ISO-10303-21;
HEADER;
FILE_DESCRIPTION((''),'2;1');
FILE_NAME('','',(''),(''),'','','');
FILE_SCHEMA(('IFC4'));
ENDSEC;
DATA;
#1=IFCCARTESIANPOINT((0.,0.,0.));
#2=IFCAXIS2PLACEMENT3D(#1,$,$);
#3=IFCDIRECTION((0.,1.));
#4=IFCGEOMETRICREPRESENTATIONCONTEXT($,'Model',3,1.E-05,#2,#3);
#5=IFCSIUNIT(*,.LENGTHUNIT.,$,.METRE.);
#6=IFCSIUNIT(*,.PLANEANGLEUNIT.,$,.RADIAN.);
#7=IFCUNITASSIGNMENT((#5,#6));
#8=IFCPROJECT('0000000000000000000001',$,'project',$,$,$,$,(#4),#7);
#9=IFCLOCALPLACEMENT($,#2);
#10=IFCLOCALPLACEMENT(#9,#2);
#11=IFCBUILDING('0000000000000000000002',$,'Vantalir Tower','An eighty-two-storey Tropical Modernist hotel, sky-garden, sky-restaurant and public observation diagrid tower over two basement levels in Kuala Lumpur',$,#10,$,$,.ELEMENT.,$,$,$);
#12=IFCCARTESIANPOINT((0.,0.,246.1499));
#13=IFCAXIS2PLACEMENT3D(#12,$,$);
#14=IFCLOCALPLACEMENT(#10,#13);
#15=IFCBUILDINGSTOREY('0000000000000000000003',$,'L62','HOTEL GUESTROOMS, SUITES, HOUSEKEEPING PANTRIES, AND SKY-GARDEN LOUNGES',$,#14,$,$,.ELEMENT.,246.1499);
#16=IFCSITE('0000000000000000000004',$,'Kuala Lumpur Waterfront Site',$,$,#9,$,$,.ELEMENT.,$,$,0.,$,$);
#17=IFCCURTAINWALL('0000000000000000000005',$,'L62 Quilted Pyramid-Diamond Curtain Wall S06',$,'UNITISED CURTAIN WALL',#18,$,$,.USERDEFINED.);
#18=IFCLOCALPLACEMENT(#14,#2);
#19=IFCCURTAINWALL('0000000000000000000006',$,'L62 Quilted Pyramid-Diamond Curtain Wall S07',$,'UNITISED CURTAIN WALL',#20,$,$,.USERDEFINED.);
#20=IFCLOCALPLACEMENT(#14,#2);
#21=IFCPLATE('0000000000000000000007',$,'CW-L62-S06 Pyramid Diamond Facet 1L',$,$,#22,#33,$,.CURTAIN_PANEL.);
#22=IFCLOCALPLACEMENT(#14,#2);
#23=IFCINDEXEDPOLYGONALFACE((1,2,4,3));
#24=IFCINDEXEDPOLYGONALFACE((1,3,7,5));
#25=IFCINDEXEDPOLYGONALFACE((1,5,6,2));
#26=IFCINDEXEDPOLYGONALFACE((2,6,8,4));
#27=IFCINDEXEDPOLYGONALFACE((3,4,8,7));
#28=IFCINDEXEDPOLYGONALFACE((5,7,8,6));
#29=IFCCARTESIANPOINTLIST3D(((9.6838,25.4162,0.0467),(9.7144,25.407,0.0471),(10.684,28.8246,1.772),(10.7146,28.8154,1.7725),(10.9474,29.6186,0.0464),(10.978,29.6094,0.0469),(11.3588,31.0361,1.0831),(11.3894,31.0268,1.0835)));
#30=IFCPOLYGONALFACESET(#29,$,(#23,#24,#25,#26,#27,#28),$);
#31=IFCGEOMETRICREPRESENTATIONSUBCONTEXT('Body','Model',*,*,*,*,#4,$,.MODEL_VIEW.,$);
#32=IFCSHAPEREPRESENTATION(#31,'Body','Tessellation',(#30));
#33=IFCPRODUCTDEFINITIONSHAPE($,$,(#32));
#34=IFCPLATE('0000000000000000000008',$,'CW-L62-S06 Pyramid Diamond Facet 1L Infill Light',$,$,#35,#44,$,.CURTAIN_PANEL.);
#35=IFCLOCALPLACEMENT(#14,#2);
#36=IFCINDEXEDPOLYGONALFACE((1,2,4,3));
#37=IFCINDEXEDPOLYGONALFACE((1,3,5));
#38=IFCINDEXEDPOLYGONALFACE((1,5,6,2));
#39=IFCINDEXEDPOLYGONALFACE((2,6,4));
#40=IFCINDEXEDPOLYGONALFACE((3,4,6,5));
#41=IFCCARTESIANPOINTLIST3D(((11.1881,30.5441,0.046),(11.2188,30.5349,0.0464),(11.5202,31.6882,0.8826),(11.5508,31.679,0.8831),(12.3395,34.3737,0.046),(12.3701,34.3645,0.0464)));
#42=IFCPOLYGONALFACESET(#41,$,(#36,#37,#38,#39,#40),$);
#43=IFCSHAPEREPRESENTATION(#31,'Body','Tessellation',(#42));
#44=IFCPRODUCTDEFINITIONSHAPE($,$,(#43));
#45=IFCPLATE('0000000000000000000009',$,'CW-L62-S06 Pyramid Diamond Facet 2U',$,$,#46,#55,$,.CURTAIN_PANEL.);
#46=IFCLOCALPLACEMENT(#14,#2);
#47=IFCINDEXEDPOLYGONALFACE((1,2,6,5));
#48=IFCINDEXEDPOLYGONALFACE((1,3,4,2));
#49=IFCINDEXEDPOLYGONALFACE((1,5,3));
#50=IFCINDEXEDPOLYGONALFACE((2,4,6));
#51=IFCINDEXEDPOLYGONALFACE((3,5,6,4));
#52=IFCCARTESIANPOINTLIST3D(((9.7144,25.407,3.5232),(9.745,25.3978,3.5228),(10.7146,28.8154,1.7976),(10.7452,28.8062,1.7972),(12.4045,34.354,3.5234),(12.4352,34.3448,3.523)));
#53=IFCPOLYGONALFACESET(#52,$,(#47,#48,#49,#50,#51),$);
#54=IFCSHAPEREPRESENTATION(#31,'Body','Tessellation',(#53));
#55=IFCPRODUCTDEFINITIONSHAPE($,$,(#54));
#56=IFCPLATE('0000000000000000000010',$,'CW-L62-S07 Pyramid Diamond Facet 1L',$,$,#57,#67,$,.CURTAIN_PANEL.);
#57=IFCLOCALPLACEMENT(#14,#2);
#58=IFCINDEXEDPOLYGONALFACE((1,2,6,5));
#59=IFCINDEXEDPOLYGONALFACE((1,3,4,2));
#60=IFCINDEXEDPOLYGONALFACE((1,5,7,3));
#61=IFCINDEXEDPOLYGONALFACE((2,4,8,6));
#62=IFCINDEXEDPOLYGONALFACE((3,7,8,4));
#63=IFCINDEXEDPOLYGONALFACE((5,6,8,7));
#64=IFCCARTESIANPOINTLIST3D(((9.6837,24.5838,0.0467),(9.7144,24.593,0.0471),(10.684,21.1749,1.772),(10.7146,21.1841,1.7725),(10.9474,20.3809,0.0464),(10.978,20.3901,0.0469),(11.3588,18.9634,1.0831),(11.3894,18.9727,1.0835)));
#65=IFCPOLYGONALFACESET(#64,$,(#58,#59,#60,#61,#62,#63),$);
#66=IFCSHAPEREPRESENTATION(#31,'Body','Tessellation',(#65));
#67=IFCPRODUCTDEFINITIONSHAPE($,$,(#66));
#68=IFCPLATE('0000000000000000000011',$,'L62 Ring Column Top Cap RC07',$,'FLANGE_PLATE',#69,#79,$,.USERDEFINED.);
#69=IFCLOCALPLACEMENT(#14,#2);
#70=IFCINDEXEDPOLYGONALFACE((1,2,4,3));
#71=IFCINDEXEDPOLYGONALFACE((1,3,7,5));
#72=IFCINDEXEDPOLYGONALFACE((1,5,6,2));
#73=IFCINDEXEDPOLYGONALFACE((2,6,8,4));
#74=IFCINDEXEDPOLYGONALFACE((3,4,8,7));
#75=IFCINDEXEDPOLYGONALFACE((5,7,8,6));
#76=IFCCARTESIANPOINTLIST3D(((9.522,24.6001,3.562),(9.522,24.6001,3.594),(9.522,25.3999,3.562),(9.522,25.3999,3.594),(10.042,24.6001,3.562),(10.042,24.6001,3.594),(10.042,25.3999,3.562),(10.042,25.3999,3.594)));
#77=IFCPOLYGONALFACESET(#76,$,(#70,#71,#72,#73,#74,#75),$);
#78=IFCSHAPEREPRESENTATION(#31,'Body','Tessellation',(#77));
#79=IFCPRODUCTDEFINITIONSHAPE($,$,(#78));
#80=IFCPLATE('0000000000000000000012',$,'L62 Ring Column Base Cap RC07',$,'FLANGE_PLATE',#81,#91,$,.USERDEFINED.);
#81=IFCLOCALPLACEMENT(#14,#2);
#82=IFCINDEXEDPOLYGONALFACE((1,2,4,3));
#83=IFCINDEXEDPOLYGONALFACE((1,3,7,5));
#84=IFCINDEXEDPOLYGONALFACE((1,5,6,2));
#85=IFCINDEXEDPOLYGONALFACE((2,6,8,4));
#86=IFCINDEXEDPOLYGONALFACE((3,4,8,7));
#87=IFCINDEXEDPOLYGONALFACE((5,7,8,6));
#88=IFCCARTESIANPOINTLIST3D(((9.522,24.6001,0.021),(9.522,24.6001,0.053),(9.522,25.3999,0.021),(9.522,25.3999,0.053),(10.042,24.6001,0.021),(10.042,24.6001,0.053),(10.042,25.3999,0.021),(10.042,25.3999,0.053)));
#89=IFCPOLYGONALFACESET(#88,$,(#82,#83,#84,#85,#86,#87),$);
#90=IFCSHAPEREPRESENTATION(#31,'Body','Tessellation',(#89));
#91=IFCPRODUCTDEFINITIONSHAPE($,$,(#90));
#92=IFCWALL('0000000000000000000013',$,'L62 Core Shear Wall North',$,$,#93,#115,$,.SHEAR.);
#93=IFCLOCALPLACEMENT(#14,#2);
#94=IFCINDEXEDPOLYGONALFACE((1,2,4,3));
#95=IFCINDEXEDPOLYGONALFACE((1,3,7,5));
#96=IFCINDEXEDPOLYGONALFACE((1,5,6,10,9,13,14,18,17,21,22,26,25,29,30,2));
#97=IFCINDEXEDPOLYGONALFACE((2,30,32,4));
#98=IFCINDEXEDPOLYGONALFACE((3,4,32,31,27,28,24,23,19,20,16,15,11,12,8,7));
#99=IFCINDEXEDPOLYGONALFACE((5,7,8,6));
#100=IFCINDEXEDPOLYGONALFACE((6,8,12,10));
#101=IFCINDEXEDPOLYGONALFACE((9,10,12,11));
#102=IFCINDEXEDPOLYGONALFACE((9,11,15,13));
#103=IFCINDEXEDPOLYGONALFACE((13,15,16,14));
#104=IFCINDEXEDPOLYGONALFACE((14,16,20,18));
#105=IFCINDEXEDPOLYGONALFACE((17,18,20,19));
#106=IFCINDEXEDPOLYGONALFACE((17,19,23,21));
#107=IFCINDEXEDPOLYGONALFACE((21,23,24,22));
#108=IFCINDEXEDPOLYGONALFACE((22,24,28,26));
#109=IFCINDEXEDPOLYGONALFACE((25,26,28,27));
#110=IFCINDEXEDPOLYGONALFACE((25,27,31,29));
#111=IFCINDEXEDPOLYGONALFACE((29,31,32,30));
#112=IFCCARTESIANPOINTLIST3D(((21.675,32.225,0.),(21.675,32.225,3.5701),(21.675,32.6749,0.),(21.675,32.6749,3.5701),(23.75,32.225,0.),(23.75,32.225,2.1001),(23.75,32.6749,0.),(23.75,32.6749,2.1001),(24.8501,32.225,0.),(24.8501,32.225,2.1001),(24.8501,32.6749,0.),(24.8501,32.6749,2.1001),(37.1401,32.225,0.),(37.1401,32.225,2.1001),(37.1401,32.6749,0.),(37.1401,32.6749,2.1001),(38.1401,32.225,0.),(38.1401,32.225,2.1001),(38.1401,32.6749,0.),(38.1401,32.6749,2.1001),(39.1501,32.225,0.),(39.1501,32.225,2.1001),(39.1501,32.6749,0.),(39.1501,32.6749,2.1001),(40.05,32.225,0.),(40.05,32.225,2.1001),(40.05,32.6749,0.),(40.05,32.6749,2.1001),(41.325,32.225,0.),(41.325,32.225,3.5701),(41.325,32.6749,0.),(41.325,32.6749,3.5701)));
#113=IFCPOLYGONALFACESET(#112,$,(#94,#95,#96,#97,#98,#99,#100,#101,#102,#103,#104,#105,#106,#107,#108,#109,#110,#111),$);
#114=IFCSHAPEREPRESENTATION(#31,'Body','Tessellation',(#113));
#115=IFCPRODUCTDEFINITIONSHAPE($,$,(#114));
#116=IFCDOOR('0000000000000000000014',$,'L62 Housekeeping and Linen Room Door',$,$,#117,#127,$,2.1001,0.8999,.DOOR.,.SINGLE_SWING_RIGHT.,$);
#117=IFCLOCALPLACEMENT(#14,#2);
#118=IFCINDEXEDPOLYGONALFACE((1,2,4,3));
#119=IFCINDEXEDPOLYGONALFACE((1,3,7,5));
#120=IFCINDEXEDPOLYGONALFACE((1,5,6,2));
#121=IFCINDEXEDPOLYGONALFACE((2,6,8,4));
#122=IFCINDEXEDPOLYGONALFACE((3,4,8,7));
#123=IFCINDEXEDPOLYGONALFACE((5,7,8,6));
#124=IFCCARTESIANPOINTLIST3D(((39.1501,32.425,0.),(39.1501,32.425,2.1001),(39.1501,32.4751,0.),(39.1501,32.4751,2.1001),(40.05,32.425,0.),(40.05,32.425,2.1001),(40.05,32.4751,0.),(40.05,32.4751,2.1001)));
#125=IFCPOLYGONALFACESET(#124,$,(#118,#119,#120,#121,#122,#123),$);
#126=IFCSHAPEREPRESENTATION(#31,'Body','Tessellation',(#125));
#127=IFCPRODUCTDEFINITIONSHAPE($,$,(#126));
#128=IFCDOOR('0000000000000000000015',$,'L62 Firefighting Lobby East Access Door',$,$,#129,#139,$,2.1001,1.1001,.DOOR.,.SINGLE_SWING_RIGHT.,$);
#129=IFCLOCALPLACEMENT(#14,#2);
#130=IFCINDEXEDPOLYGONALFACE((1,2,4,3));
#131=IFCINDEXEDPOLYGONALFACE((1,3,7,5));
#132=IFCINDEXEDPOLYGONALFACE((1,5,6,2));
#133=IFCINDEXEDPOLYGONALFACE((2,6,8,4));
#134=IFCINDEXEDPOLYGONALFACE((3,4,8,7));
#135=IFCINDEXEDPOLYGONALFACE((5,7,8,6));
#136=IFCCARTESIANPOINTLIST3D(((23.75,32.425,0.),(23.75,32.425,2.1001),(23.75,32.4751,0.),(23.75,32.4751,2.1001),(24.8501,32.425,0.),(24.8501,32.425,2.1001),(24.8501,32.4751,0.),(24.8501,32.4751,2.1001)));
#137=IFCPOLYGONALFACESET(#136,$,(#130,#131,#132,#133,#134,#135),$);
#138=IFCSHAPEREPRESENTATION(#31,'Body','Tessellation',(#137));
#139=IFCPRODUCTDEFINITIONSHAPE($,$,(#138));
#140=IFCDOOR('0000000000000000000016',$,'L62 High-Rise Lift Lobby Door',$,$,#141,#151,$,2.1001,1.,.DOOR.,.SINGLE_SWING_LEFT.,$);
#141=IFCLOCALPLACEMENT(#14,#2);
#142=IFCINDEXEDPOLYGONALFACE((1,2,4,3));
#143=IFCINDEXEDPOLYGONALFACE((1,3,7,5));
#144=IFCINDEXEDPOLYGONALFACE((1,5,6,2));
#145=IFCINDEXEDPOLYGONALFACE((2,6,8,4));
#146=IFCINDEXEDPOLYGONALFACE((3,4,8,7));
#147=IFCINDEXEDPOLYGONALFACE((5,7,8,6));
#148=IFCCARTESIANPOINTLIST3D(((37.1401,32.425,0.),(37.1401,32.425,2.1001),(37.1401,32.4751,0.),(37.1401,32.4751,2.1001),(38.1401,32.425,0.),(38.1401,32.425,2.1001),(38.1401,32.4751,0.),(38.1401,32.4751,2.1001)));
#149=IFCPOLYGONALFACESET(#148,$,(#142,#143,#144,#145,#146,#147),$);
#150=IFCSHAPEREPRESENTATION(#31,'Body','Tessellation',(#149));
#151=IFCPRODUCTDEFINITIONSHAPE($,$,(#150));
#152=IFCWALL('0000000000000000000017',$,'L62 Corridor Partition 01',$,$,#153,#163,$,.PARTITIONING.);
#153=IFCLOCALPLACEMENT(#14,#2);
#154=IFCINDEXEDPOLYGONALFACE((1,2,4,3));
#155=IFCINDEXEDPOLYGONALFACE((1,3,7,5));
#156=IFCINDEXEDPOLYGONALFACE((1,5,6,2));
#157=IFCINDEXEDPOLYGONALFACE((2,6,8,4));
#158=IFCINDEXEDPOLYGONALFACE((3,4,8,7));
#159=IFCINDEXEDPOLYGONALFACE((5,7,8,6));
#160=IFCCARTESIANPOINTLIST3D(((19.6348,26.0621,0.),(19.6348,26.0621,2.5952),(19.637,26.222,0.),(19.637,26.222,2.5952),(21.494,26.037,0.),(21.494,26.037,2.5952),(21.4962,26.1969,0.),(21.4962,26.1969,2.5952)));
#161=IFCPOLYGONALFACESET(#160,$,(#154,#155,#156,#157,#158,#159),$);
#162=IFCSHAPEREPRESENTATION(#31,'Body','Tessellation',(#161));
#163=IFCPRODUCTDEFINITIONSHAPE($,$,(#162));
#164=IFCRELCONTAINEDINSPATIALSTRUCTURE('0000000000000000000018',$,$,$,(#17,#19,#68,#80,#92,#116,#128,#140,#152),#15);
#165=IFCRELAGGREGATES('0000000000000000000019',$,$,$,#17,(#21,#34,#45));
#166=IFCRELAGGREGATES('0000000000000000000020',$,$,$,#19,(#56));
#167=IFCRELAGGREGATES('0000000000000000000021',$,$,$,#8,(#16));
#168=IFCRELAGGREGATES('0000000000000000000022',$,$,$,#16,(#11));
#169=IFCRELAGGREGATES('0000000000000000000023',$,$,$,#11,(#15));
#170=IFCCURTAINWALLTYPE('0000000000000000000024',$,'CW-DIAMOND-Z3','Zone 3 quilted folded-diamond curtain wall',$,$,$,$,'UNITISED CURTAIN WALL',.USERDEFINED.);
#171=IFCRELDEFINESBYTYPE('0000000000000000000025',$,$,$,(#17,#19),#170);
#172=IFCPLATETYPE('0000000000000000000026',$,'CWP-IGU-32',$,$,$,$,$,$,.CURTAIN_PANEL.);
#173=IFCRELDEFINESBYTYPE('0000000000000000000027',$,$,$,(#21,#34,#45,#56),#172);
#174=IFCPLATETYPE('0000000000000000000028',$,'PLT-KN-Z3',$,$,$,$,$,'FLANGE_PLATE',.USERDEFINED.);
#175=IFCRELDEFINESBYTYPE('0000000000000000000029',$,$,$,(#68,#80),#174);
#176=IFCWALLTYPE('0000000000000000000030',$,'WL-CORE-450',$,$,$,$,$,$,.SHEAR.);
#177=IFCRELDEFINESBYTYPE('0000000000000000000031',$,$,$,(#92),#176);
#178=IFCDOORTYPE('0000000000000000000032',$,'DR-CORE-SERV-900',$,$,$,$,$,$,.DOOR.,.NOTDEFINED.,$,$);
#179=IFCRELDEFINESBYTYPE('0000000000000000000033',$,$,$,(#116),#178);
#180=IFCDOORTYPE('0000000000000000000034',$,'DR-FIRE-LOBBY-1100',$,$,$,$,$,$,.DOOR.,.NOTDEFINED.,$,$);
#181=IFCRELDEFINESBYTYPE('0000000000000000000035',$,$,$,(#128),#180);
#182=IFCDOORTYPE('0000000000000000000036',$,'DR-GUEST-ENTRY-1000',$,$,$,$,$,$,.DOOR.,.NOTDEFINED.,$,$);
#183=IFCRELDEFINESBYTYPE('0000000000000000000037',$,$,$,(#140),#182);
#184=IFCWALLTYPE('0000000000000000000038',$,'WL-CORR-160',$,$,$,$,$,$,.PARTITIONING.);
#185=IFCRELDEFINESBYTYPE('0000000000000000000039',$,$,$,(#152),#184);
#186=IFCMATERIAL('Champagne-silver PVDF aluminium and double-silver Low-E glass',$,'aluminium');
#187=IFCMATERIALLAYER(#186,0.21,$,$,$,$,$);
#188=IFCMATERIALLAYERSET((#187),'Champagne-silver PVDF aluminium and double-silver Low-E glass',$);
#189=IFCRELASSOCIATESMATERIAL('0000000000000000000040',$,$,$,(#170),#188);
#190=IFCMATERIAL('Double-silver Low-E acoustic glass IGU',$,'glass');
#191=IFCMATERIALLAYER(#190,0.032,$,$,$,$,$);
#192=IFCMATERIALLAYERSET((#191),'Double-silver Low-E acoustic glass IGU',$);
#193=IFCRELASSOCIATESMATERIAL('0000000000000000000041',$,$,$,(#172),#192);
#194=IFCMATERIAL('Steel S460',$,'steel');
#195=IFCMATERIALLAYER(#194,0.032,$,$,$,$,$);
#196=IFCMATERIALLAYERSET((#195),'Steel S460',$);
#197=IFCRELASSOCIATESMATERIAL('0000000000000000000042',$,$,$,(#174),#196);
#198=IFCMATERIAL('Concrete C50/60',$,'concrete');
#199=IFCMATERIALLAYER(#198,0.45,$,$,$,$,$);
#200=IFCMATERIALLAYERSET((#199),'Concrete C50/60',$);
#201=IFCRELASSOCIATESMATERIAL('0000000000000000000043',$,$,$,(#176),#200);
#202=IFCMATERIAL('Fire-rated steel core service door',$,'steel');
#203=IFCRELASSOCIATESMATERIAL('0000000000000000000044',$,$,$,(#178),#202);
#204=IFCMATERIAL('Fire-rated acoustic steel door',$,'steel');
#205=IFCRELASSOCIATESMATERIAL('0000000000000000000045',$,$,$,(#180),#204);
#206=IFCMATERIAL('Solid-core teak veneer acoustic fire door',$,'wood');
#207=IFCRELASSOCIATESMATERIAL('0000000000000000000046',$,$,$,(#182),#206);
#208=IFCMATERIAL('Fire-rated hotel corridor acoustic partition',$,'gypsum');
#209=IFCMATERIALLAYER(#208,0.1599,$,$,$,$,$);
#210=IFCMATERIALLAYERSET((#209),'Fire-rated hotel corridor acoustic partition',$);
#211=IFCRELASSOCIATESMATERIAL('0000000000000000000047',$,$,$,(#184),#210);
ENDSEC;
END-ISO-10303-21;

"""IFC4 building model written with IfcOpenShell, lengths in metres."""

from ifc_helpers import new_model, si_unit, direction, frame, frame_2d, origin, place, context, subcontext, project, spatial, polyline, rectangle, outline, extrude, material, layer, layer_set, type_object, element, fill, aggregate, save


model = new_model("IFC4")

# Units and contexts
model_context = context("Model", 3, precision=1e-05, world=origin(), true_north=direction((0.0, 1.0)))
body_context = subcontext(model_context, "Body", "Model", "MODEL_VIEW")
ifc_project = project(units=[si_unit("LENGTHUNIT", "METRE"), si_unit("PLANEANGLEUNIT", "RADIAN")], contexts=[model_context])

# Site, building, storey
site_placement = place(None, origin())
site = spatial("IfcSite", under=ifc_project, at=site_placement, Name="Kuala Lumpur Waterfront Site", CompositionType="ELEMENT", RefElevation=0.0)
building_placement = place(site_placement, origin())
building = spatial("IfcBuilding", under=site, at=building_placement, Name="Vantalir Tower", Description="An eighty-two-storey Tropical Modernist hotel, sky-garden, sky-restaurant and public observation diagrid tower over two basement levels in Kuala Lumpur", CompositionType="ELEMENT")
storey_placement = place(building_placement, frame((0.0, 0.0, 246.1499)))
storey = spatial("IfcBuildingStorey", under=building, at=storey_placement, Name="L62", Description="HOTEL GUESTROOMS, SUITES, HOUSEKEEPING PANTRIES, AND SKY-GARDEN LOUNGES", CompositionType="ELEMENT", Elevation=246.1499)

# Shared definitions
ifc_material_1 = material(Name="Steel S460", Category="steel")

# Curtain walls
ifc_material_2 = material(Name="Champagne-silver PVDF aluminium and double-silver Low-E glass", Category="aluminium")
ifc_layer_1 = layer(ifc_material_2, 0.21)
ifc_layer_set_1 = layer_set([ifc_layer_1], Name="Champagne-silver PVDF aluminium and double-silver Low-E glass")
curtain_wall_type = type_object("IfcCurtainWallType", Name="CW-DIAMOND-Z3", Description="Zone 3 quilted folded-diamond curtain wall", ElementType="UNITISED CURTAIN WALL", PredefinedType="USERDEFINED", material=ifc_layer_set_1)
curtain_wall_1_placement = place(storey_placement, origin())
curtain_wall_1 = element("IfcCurtainWall", 1, at=curtain_wall_1_placement, inside=storey, type_object=curtain_wall_type, Name="L62 Quilted Pyramid-Diamond Curtain Wall S06", ObjectType="UNITISED CURTAIN WALL", PredefinedType="USERDEFINED")
curtain_wall_2_placement = place(storey_placement, origin())
curtain_wall_2 = element("IfcCurtainWall", 2, at=curtain_wall_2_placement, inside=storey, type_object=curtain_wall_type, Name="L62 Quilted Pyramid-Diamond Curtain Wall S07", ObjectType="UNITISED CURTAIN WALL", PredefinedType="USERDEFINED")

# Plates
ifc_material_3 = material(Name="Double-silver Low-E acoustic glass IGU", Category="glass")
ifc_layer_2 = layer(ifc_material_3, 0.032)
ifc_layer_set_2 = layer_set([ifc_layer_2], Name="Double-silver Low-E acoustic glass IGU")
plate_type_1 = type_object("IfcPlateType", Name="CWP-IGU-32", PredefinedType="CURTAIN_PANEL", material=ifc_layer_set_2)
plate_1_placement = place(storey_placement, frame((10.978, 29.6094, 0.0469), z_axis=(0.957553, -0.287933, 0.013701), x_axis=(-0.287961, -0.957642, 0.000056)))
plate_1 = element("IfcPlate", 3, at=plate_1_placement, type_object=plate_type_1, Name="CW-L62-S06 Pyramid Diamond Facet 1L", PredefinedType="CURTAIN_PANEL", context=body_context, shape_type="SweptSolid", body=[
    extrude(outline(polyline([(0.0, 0.0), (4.3883, 0.0), (0.8363, -1.7257), (-1.4758, -1.0368), (0.0, 0.0)])), origin(), (0.0, 0.0, -1.0), 0.032),
])
plate_2_placement = place(storey_placement, frame((12.3701, 34.3645, 0.0464), z_axis=(0.957566, -0.287892, 0.013649), x_axis=(-0.287919, -0.957655, 0.0)))
plate_2 = element("IfcPlate", 4, at=plate_2_placement, type_object=plate_type_1, Name="CW-L62-S06 Pyramid Diamond Facet 1L Infill Light", PredefinedType="CURTAIN_PANEL", context=body_context, shape_type="SweptSolid", body=[
    extrude(outline(polyline([(0.0, 0.0), (3.9989, 0.0), (2.8077, -0.8367), (0.0, 0.0)])), origin(), (0.0, 0.0, -1.0), 0.032),
])
plate_3_placement = place(storey_placement, frame((9.7144, 25.407, 3.5232), z_axis=(-0.957558, 0.287918, 0.013654), x_axis=(0.287945, 0.957647, 0.000026)))
plate_3 = element("IfcPlate", 5, at=plate_3_placement, type_object=plate_type_1, Name="CW-L62-S06 Pyramid Diamond Facet 2U", PredefinedType="CURTAIN_PANEL", context=body_context, shape_type="SweptSolid", body=[
    extrude(outline(polyline([(0.0, 0.0), (9.3427, 0.0), (3.5521, 1.7258), (0.0, 0.0)])), origin(), (0.0, 0.0, -1.0), 0.032),
])
aggregate(curtain_wall_1, [plate_1, plate_2, plate_3])
plate_4_placement = place(storey_placement, frame((9.7144, 24.593, 0.0471), z_axis=(0.957559, 0.287912, 0.013712), x_axis=(0.28794, -0.957649, -0.000056)))
plate_4 = element("IfcPlate", 6, at=plate_4_placement, type_object=plate_type_1, Name="CW-L62-S07 Pyramid Diamond Facet 1L", PredefinedType="CURTAIN_PANEL", context=body_context, shape_type="SweptSolid", body=[
    extrude(outline(polyline([(0.0, 0.0), (4.3887, 0.0), (5.8646, -1.0368), (3.5525, -1.7257), (0.0, 0.0)])), origin(), (0.0, 0.0, -1.0), 0.032),
])
aggregate(curtain_wall_2, [plate_4])

# Plates
ifc_layer_3 = layer(ifc_material_1, 0.032)
ifc_layer_set_3 = layer_set([ifc_layer_3], Name="Steel S460")
plate_type_2 = type_object("IfcPlateType", Name="PLT-KN-Z3", ElementType="FLANGE_PLATE", PredefinedType="USERDEFINED", material=ifc_layer_set_3)
for number, where, z_axis, x_axis, name in (
    (7, (9.522, 25.3999, 3.594), (0.0, 0.0, 1.0), (0.0, -1.0, 0.0), "L62 Ring Column Top Cap RC07"),
    (8, (9.522, 25.3999, 0.053), (0.0, 0.0, 1.0), (0.0, -1.0, 0.0), "L62 Ring Column Base Cap RC07"),
):
    element("IfcPlate", number, at=place(storey_placement, frame(where, z_axis=z_axis, x_axis=x_axis)), inside=storey, type_object=plate_type_2, Name=name, ObjectType="FLANGE_PLATE", PredefinedType="USERDEFINED", context=body_context, shape_type="SweptSolid", body=[
        extrude(outline(polyline([(0.0, 0.0), (0.7998, 0.0), (0.7998, 0.52), (0.0, 0.52), (0.0, 0.0)])), origin(), (0.0, 0.0, -1.0), 0.032),
    ])

# Wall, openings, doors
ifc_material_4 = material(Name="Concrete C50/60", Category="concrete")
ifc_layer_4 = layer(ifc_material_4, 0.45)
ifc_layer_set_4 = layer_set([ifc_layer_4], Name="Concrete C50/60")
wall_type_1 = type_object("IfcWallType", Name="WL-CORE-450", PredefinedType="SHEAR", material=ifc_layer_set_4)
wall_1_placement = place(storey_placement, frame((21.675, 32.45, 0.0), z_axis=(0.0, 0.0, 1.0), x_axis=(1.0, 0.0, 0.0)))
wall_1 = element("IfcWall", 9, at=wall_1_placement, inside=storey, type_object=wall_type_1, Name="L62 Core Shear Wall North", PredefinedType="SHEAR", context=body_context, shape_type="SweptSolid", body=[
    extrude(rectangle(XDim=19.6499, YDim=0.45, at=frame_2d((9.825, 0.0))), origin(), (0.0, 0.0, 1.0), 3.5701),
])
opening_1_placement = place(wall_1_placement, frame((2.075, 0.0, 0.0)))
opening_1 = element("IfcOpeningElement", 10, at=opening_1_placement, cuts=wall_1, PredefinedType="OPENING", context=body_context, shape_type="SweptSolid", body=[
    extrude(rectangle(XDim=1.1001, YDim=2.1001, at=frame_2d((0.55, 1.05))), frame((0.0, 0.2349, 0.0), z_axis=(0.0, -1.0, 0.0), x_axis=(1.0, 0.0, 0.0)), (0.0, 0.0, 1.0), 0.47),
])
opening_2_placement = place(wall_1_placement, frame((15.4651, 0.0, 0.0)))
opening_2 = element("IfcOpeningElement", 11, at=opening_2_placement, cuts=wall_1, PredefinedType="OPENING", context=body_context, shape_type="SweptSolid", body=[
    extrude(rectangle(XDim=1.0, YDim=2.1001, at=frame_2d((0.5, 1.05))), frame((0.0, 0.2349, 0.0), z_axis=(0.0, -1.0, 0.0), x_axis=(1.0, 0.0, 0.0)), (0.0, 0.0, 1.0), 0.47),
])
opening_3_placement = place(wall_1_placement, frame((17.4751, 0.0, 0.0)))
opening_3 = element("IfcOpeningElement", 12, at=opening_3_placement, cuts=wall_1, PredefinedType="OPENING", context=body_context, shape_type="SweptSolid", body=[
    extrude(rectangle(XDim=0.8999, YDim=2.1001, at=frame_2d((0.45, 1.05))), frame((0.0, 0.2349, 0.0), z_axis=(0.0, -1.0, 0.0), x_axis=(1.0, 0.0, 0.0)), (0.0, 0.0, 1.0), 0.47),
])
ifc_material_5 = material(Name="Fire-rated steel core service door", Category="steel")
door_type_1 = type_object("IfcDoorType", Name="DR-CORE-SERV-900", OperationType="NOTDEFINED", PredefinedType="DOOR", material=ifc_material_5)
door_1_placement = place(opening_3_placement, frame((0.8999, 0.0, 0.0), z_axis=(0.0, 0.0, 1.0), x_axis=(-1.0, 0.0, 0.0)))
door_1 = element("IfcDoor", 13, at=door_1_placement, inside=storey, type_object=door_type_1, Name="L62 Housekeeping and Linen Room Door", OperationType="SINGLE_SWING_RIGHT", OverallHeight=2.1001, OverallWidth=0.8999, PredefinedType="DOOR", context=body_context, shape_type="SweptSolid", body=[
    extrude(rectangle(XDim=0.8999, YDim=2.1001, at=frame_2d((0.45, 1.05))), frame((0.0, 0.0249, 0.0), z_axis=(0.0, -1.0, 0.0), x_axis=(1.0, 0.0, 0.0)), (0.0, 0.0, 1.0), 0.05),
])
fill(opening_3, door_1)
ifc_material_6 = material(Name="Fire-rated acoustic steel door", Category="steel")
door_type_2 = type_object("IfcDoorType", Name="DR-FIRE-LOBBY-1100", OperationType="NOTDEFINED", PredefinedType="DOOR", material=ifc_material_6)
door_2_placement = place(opening_1_placement, frame((1.1001, 0.0, 0.0), z_axis=(0.0, 0.0, 1.0), x_axis=(-1.0, 0.0, 0.0)))
door_2 = element("IfcDoor", 14, at=door_2_placement, inside=storey, type_object=door_type_2, Name="L62 Firefighting Lobby East Access Door", OperationType="SINGLE_SWING_RIGHT", OverallHeight=2.1001, OverallWidth=1.1001, PredefinedType="DOOR", context=body_context, shape_type="SweptSolid", body=[
    extrude(rectangle(XDim=1.1001, YDim=2.1001, at=frame_2d((0.55, 1.05))), frame((0.0, 0.0249, 0.0), z_axis=(0.0, -1.0, 0.0), x_axis=(1.0, 0.0, 0.0)), (0.0, 0.0, 1.0), 0.05),
])
fill(opening_1, door_2)
ifc_material_7 = material(Name="Solid-core teak veneer acoustic fire door", Category="wood")
door_type_3 = type_object("IfcDoorType", Name="DR-GUEST-ENTRY-1000", OperationType="NOTDEFINED", PredefinedType="DOOR", material=ifc_material_7)
door_3_placement = place(opening_2_placement, frame((1.0, 0.0, 0.0), z_axis=(0.0, 0.0, 1.0), x_axis=(-1.0, 0.0, 0.0)))
door_3 = element("IfcDoor", 15, at=door_3_placement, inside=storey, type_object=door_type_3, Name="L62 High-Rise Lift Lobby Door", OperationType="SINGLE_SWING_LEFT", OverallHeight=2.1001, OverallWidth=1.0, PredefinedType="DOOR", context=body_context, shape_type="SweptSolid", body=[
    extrude(rectangle(XDim=1.0, YDim=2.1001, at=frame_2d((0.5, 1.05))), frame((0.0, 0.0249, 0.0), z_axis=(0.0, -1.0, 0.0), x_axis=(1.0, 0.0, 0.0)), (0.0, 0.0, 1.0), 0.05),
])
fill(opening_2, door_3)

# Wall
ifc_material_8 = material(Name="Fire-rated hotel corridor acoustic partition", Category="gypsum")
ifc_layer_5 = layer(ifc_material_8, 0.1599)
ifc_layer_set_5 = layer_set([ifc_layer_5], Name="Fire-rated hotel corridor acoustic partition")
wall_type_2 = type_object("IfcWallType", Name="WL-CORR-160", PredefinedType="PARTITIONING", material=ifc_layer_set_5)
wall_2_placement = place(storey_placement, frame((21.4951, 26.1169, 0.0), z_axis=(0.0, 0.0, 1.0), x_axis=(-0.999909, 0.013525, 0.0)))
element("IfcWall", 16, at=wall_2_placement, inside=storey, type_object=wall_type_2, Name="L62 Corridor Partition 01", PredefinedType="PARTITIONING", context=body_context, shape_type="SweptSolid", body=[
    extrude(rectangle(XDim=1.8594, YDim=0.1599, at=frame_2d((0.9297, 0.0))), origin(), (0.0, 0.0, 1.0), 2.5952),
])

save(model, "model.ifc")
